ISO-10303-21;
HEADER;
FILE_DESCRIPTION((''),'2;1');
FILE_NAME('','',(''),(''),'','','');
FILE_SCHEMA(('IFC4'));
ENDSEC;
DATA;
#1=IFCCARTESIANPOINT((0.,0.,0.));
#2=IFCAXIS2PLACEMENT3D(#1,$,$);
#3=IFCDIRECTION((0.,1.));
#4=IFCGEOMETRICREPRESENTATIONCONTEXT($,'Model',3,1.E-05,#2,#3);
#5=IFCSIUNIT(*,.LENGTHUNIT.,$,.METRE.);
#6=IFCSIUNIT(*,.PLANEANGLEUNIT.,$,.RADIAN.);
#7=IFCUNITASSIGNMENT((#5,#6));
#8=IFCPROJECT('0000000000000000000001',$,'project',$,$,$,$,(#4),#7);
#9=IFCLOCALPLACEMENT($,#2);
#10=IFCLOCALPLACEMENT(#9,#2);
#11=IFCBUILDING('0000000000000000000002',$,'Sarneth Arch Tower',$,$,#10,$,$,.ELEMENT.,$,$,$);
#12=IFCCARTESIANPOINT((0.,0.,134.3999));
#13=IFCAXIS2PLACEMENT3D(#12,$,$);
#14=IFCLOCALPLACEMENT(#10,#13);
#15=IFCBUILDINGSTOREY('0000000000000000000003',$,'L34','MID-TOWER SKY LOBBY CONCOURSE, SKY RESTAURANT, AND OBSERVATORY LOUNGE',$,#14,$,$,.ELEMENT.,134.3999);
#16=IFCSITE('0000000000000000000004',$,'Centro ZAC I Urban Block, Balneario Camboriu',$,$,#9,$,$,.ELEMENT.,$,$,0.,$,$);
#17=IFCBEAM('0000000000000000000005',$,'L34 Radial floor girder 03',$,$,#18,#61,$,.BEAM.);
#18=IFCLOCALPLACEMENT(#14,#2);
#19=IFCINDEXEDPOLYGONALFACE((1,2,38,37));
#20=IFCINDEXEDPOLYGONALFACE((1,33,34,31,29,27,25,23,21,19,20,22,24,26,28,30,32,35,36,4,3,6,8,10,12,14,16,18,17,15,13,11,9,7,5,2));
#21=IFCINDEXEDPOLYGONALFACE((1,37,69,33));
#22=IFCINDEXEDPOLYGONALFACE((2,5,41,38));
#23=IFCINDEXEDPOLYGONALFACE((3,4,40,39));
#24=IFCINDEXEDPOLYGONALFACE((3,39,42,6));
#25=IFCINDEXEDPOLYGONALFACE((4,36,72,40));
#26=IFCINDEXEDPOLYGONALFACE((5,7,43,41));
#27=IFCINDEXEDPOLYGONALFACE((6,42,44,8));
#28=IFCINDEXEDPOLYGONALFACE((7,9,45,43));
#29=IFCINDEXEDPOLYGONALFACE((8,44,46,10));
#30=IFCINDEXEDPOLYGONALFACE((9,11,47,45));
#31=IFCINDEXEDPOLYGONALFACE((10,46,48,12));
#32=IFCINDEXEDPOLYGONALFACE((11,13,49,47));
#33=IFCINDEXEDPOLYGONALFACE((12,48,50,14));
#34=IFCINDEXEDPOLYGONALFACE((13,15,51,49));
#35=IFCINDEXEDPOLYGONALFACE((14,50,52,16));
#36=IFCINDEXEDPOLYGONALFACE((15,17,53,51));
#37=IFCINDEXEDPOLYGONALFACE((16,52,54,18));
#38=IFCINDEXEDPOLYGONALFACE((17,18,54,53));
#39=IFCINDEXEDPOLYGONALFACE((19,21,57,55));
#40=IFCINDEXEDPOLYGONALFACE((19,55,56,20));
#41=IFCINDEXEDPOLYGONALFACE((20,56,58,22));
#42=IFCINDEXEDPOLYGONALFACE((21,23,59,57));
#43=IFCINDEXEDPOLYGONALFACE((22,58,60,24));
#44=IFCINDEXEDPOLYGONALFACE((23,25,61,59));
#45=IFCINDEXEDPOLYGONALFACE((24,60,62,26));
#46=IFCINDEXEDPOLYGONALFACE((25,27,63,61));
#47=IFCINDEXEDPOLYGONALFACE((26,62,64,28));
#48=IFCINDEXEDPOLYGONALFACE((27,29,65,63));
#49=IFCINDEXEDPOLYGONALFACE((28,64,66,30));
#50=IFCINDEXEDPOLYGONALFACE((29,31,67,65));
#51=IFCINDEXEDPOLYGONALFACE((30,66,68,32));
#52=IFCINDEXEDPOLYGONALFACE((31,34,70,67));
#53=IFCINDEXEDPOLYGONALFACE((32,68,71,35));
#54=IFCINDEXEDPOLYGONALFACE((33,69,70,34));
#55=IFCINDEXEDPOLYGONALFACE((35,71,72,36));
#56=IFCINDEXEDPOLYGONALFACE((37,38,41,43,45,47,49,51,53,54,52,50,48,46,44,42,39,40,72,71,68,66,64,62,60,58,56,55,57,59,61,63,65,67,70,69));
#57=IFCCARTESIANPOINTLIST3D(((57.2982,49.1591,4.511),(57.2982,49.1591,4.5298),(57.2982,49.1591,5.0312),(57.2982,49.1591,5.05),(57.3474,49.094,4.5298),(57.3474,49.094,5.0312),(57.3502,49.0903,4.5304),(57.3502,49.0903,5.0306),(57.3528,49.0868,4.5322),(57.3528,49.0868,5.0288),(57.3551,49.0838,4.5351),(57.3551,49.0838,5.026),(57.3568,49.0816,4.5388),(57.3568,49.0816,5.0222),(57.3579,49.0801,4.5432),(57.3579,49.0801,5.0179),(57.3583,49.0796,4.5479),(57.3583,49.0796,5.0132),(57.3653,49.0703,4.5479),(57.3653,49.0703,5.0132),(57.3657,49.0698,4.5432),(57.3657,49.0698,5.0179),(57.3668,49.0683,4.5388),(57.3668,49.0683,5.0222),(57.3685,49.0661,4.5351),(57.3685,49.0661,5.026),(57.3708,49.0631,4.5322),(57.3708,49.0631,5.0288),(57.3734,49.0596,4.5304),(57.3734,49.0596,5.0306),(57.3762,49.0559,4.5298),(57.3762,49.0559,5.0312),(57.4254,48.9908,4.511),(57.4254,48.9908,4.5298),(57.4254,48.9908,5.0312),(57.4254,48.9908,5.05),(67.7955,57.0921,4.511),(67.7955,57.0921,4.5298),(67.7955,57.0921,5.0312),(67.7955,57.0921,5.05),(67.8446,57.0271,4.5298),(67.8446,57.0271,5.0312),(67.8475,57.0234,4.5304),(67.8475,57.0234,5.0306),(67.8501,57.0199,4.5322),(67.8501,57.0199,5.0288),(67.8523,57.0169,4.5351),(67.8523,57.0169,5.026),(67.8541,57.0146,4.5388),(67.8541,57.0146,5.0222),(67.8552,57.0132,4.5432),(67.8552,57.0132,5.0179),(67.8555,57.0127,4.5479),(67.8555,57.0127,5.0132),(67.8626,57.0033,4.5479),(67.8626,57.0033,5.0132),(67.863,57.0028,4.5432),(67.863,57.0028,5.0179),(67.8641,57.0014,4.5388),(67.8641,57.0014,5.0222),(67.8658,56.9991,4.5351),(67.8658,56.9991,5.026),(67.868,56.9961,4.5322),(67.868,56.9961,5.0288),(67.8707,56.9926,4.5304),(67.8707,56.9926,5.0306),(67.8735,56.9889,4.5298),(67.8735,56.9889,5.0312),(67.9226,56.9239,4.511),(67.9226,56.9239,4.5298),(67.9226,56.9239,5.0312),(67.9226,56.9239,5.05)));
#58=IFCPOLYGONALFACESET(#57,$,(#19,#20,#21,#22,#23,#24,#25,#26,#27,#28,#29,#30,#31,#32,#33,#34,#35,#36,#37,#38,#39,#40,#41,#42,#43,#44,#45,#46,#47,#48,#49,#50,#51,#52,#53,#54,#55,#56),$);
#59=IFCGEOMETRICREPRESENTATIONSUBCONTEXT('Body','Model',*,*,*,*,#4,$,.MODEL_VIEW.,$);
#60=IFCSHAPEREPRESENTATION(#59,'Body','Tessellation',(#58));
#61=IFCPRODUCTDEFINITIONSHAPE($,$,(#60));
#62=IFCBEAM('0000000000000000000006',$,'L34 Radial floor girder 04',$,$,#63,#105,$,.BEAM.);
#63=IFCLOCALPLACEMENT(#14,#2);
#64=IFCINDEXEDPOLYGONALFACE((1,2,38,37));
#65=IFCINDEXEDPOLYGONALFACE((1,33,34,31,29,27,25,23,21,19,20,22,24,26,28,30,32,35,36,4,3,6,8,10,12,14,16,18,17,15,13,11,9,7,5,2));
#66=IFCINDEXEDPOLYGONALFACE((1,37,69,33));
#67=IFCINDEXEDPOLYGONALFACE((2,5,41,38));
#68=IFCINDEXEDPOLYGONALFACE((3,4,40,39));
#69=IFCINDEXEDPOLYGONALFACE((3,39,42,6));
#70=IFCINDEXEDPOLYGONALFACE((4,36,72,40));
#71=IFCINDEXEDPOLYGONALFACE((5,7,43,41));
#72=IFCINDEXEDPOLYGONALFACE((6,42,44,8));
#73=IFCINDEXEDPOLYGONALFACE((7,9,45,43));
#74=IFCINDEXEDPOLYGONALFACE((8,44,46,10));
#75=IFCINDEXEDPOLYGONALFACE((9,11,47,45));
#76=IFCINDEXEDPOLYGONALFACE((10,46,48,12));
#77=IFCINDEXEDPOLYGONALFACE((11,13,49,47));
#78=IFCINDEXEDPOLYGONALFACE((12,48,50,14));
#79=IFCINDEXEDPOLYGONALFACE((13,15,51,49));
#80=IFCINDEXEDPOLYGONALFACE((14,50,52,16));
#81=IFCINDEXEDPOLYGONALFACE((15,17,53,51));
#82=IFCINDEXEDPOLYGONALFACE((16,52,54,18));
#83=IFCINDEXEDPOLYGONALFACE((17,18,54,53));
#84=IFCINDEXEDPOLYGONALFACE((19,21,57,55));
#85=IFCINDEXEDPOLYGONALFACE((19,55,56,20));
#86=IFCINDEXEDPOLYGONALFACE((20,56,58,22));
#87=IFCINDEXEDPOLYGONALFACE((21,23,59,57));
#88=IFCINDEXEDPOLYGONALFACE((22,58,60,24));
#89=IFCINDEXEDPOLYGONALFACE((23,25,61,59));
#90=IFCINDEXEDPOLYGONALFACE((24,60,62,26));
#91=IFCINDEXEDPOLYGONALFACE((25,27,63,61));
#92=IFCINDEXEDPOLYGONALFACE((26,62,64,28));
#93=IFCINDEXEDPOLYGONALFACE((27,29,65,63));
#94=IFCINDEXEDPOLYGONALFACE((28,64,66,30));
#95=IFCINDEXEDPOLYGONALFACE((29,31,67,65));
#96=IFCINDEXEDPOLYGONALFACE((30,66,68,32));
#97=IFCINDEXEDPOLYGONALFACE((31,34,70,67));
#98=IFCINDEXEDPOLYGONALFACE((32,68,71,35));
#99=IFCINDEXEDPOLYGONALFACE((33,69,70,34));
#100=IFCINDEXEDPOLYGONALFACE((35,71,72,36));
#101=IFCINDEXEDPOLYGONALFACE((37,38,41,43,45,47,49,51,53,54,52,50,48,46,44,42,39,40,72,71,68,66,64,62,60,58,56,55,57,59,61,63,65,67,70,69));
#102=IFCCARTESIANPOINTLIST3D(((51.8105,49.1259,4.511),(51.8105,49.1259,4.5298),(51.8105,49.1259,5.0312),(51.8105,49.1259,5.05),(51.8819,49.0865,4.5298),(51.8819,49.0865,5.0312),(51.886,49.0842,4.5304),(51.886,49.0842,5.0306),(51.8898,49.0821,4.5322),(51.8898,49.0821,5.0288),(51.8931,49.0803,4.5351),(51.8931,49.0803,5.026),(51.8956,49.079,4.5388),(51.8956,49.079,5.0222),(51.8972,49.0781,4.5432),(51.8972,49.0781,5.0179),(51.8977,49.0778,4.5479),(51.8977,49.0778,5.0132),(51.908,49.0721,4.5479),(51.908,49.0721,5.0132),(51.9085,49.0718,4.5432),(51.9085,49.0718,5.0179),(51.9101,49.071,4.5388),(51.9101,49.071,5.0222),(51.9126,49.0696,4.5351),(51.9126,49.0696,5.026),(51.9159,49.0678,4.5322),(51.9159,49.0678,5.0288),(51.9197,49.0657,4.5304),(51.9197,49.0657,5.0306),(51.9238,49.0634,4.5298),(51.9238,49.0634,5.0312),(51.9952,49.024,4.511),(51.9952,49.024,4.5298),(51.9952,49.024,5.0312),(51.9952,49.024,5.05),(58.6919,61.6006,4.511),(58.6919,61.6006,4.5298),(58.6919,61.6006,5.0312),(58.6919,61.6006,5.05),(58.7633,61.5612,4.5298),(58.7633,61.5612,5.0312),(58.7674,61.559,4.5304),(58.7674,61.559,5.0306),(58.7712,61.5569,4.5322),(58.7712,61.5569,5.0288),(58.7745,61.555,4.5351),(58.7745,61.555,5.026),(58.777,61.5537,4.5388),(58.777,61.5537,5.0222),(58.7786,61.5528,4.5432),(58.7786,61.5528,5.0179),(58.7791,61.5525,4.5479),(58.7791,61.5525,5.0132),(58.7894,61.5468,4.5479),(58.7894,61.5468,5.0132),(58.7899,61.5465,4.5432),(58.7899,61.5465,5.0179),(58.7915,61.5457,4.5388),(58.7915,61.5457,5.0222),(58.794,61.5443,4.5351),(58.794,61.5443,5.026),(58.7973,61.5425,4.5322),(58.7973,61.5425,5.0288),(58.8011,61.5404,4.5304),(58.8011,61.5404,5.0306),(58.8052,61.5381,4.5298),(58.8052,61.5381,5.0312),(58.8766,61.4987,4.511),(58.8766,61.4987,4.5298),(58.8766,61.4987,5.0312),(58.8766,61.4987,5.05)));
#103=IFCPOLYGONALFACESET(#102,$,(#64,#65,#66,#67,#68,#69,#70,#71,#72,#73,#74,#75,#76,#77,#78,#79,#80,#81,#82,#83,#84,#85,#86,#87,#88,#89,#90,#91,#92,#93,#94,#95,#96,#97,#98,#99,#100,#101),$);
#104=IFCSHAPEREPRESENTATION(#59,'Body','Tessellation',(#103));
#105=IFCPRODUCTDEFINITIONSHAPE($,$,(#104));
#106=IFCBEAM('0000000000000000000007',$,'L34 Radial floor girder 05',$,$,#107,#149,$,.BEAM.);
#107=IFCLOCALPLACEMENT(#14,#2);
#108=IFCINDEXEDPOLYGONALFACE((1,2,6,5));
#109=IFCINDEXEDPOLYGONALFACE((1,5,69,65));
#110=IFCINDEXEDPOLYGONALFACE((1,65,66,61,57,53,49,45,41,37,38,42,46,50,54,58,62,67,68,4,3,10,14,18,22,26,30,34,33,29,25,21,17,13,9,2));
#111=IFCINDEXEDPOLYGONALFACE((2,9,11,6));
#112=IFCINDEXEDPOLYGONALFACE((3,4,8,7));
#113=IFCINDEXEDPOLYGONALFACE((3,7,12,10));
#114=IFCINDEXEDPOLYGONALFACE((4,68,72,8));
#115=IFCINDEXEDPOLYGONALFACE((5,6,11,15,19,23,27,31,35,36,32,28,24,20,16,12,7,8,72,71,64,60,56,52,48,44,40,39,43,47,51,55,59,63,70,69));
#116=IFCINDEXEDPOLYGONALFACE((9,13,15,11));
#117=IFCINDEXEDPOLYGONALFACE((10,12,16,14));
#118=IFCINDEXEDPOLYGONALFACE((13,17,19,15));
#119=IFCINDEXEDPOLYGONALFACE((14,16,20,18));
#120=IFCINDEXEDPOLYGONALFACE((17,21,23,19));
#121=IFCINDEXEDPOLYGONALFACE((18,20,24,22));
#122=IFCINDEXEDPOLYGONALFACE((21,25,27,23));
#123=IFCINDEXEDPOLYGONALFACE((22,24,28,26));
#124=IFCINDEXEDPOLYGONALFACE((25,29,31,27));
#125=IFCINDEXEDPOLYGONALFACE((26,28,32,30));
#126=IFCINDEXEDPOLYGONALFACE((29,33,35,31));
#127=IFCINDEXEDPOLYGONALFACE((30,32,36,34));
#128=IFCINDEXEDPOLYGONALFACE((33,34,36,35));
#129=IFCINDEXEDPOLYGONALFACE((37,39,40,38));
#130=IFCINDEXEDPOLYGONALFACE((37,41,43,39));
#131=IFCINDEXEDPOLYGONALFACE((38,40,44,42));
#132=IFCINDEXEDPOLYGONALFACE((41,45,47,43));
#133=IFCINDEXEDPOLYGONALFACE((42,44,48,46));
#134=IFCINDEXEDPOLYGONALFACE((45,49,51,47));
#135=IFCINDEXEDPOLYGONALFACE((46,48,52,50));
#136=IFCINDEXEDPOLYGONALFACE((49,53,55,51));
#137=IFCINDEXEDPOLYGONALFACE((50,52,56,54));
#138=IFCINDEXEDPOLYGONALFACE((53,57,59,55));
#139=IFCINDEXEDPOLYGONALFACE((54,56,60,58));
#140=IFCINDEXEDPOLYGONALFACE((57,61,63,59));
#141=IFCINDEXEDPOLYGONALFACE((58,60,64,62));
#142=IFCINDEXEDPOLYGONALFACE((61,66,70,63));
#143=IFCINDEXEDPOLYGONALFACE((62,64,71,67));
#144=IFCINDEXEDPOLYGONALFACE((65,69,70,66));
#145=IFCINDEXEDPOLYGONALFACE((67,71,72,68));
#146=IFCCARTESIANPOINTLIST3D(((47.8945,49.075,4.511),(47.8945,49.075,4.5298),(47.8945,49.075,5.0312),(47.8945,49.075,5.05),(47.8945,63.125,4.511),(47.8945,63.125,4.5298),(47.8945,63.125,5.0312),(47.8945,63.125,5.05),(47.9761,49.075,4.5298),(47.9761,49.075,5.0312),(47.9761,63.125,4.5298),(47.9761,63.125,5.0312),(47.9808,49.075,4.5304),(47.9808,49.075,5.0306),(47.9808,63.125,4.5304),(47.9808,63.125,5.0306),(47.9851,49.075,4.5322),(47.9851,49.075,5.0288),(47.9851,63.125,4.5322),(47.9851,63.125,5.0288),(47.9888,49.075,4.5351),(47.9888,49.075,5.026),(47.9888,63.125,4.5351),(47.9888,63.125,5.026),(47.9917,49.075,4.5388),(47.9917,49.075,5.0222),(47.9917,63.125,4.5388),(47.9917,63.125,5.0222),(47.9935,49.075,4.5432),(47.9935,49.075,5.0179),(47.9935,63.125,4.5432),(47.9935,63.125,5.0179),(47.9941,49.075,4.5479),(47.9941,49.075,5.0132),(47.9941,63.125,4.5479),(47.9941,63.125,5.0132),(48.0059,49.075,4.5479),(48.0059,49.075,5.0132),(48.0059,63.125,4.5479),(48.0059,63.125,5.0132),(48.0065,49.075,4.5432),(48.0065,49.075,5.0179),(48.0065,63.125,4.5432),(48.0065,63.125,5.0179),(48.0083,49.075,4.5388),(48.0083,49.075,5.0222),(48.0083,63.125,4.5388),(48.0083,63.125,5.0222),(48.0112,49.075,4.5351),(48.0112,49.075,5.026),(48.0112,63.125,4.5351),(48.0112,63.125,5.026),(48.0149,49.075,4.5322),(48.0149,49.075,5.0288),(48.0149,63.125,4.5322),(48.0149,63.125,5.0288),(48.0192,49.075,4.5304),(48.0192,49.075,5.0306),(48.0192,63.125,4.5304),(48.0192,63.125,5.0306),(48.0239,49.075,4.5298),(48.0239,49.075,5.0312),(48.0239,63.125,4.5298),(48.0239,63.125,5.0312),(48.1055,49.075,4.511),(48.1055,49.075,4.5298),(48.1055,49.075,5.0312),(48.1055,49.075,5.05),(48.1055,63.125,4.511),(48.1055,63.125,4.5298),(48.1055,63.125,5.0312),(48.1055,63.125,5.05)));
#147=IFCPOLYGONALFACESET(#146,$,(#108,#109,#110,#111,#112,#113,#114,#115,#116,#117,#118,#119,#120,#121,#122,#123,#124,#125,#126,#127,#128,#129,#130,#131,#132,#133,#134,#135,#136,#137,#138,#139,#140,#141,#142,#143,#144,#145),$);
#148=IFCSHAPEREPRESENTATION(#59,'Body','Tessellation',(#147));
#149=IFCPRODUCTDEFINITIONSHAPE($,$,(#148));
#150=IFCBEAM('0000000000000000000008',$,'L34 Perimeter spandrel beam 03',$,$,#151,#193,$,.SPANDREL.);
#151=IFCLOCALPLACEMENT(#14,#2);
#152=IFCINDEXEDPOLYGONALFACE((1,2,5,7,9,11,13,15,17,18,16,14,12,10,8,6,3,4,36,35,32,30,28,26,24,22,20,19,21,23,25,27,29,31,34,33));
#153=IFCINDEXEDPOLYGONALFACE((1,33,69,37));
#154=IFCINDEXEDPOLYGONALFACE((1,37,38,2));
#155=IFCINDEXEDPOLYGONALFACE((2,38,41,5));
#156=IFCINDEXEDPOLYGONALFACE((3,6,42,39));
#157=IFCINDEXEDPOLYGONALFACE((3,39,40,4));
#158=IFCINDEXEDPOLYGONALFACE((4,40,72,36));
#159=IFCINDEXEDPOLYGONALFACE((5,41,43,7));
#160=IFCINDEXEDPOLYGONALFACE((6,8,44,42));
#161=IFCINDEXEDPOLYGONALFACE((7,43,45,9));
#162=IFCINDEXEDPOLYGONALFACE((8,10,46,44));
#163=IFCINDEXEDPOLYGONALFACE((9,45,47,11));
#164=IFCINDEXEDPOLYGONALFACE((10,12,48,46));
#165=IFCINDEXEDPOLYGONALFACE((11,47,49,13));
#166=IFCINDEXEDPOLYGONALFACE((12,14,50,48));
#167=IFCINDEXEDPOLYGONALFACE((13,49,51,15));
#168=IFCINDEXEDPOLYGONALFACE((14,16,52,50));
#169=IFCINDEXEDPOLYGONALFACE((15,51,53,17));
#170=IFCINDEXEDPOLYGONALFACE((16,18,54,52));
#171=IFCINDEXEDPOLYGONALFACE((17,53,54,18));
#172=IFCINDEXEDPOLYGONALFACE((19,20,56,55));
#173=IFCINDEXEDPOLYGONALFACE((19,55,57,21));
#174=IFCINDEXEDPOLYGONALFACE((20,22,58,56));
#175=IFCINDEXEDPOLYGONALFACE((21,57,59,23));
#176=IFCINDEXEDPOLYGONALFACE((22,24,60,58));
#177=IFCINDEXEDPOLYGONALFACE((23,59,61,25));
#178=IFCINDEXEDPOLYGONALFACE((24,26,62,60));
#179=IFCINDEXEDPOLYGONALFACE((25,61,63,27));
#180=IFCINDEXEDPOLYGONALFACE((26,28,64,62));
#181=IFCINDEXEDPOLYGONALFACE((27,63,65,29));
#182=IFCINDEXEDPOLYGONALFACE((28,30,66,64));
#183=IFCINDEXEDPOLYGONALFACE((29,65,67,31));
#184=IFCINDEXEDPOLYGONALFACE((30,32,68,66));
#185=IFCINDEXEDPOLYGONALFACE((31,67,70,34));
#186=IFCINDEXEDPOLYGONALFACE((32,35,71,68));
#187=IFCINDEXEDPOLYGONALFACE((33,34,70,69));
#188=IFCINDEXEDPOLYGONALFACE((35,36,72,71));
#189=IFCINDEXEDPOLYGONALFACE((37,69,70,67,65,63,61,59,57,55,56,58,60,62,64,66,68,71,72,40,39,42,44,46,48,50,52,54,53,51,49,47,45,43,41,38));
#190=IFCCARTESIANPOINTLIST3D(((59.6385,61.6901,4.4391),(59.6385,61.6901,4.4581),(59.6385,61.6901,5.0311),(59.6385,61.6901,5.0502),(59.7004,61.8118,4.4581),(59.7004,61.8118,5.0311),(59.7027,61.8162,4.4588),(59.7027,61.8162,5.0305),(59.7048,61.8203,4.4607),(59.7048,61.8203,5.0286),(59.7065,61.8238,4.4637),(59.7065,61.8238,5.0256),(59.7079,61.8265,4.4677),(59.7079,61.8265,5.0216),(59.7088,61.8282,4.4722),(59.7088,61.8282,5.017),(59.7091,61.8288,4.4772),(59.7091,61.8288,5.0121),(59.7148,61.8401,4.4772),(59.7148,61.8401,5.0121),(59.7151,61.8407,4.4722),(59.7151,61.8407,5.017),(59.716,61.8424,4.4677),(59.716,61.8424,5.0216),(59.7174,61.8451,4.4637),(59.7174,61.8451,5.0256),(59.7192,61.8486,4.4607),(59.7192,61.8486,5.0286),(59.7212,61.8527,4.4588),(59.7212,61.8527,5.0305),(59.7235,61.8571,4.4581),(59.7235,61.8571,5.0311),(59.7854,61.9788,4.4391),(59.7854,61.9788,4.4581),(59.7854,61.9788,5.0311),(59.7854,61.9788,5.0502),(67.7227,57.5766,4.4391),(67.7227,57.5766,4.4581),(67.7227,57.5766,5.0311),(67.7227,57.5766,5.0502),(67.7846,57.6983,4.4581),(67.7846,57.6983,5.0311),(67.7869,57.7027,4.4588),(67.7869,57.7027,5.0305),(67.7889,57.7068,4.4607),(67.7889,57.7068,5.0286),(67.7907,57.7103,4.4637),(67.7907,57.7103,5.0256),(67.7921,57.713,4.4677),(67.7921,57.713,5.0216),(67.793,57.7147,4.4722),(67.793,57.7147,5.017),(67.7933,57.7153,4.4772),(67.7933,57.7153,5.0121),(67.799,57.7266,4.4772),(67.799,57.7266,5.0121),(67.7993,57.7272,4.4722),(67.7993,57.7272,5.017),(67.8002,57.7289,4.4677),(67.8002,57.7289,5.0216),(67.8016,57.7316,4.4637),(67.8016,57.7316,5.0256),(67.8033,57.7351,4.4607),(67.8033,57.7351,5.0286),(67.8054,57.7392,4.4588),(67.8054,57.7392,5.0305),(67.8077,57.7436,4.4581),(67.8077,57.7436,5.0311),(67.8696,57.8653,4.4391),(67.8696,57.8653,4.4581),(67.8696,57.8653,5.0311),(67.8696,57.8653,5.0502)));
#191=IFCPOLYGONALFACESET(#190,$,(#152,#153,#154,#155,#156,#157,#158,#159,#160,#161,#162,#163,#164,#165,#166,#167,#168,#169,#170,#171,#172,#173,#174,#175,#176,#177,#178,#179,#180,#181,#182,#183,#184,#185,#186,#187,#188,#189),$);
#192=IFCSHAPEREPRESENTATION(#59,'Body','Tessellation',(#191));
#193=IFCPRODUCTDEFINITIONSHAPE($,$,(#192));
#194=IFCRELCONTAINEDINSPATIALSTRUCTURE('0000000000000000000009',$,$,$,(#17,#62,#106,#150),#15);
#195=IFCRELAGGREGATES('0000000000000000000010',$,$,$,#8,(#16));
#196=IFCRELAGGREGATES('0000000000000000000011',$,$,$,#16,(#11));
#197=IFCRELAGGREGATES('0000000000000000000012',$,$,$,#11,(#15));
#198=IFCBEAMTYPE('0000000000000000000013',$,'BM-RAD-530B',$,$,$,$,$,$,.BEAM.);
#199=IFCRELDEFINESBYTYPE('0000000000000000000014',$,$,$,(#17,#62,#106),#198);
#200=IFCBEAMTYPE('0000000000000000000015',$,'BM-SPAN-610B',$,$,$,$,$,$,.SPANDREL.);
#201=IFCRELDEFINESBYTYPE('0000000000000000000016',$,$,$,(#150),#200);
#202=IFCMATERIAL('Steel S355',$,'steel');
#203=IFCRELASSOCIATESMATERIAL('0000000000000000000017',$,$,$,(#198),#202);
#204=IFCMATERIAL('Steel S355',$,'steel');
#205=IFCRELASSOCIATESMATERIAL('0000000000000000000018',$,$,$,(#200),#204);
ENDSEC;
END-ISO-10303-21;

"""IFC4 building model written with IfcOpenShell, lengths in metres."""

from ifc_helpers import new_model, si_unit, direction, frame, origin, origin_2d, place, context, subcontext, project, spatial, i_section, extrude, material, material_profile, profile_set, type_object, element, save


model = new_model("IFC4")

# Units and contexts
model_context = context("Model", 3, precision=1e-05, world=origin(), true_north=direction((0.0, 1.0)))
body_context = subcontext(model_context, "Body", "Model", "MODEL_VIEW")
ifc_project = project(units=[si_unit("LENGTHUNIT", "METRE"), si_unit("PLANEANGLEUNIT", "RADIAN")], contexts=[model_context])

# Site, building, storey
site_placement = place(None, origin())
site = spatial("IfcSite", under=ifc_project, at=site_placement, Name="Centro ZAC I Urban Block, Balneario Camboriu", CompositionType="ELEMENT", RefElevation=0.0)
building_placement = place(site_placement, origin())
building = spatial("IfcBuilding", under=site, at=building_placement, Name="Sarneth Arch Tower", CompositionType="ELEMENT")
storey_placement = place(building_placement, frame((0.0, 0.0, 134.3999)))
storey = spatial("IfcBuildingStorey", under=building, at=storey_placement, Name="L34", Description="MID-TOWER SKY LOBBY CONCOURSE, SKY RESTAURANT, AND OBSERVATORY LOUNGE", CompositionType="ELEMENT", Elevation=134.3999)

# Beams
ifc_material_1 = material(Name="Steel S355", Category="steel")
ifc_material_profile_1 = material_profile(ifc_material_1, i_section(OverallWidth=0.2109, OverallDepth=0.5391, WebThickness=0.0117, FlangeThickness=0.0188, FilletRadius=0.0181, at=origin_2d()), Name="W530x109")
ifc_profile_set_1 = profile_set([ifc_material_profile_1], Name="Steel S355")
beam_type_1 = type_object("IfcBeamType", Name="BM-RAD-530B", PredefinedType="BEAM", material=ifc_profile_set_1)
beam_1_placement = place(storey_placement, frame((57.3618, 49.075, 4.7805), z_axis=(0.797801, 0.60292, 0.0), x_axis=(-0.60292, 0.797801, 0.0)))
element("IfcBeam", 1, at=beam_1_placement, inside=storey, type_object=beam_type_1, Name="L34 Radial floor girder 03", PredefinedType="BEAM", context=body_context, shape_type="SweptSolid", body=[
    extrude(i_section(OverallWidth=0.2109, OverallDepth=0.5391, WebThickness=0.0117, FlangeThickness=0.0188, FilletRadius=0.0181, at=origin_2d()), origin(), (0.0, 0.0, 1.0), 13.1577),
])
beam_2_placement = place(storey_placement, frame((51.9028, 49.075, 4.7805), z_axis=(0.483013, 0.875613, 0.0), x_axis=(-0.875613, 0.483013, 0.0)))
element("IfcBeam", 2, at=beam_2_placement, inside=storey, type_object=beam_type_1, Name="L34 Radial floor girder 04", PredefinedType="BEAM", context=body_context, shape_type="SweptSolid", body=[
    extrude(i_section(OverallWidth=0.2109, OverallDepth=0.5391, WebThickness=0.0117, FlangeThickness=0.0188, FilletRadius=0.0181, at=origin_2d()), origin(), (0.0, 0.0, 1.0), 14.2468),
])
beam_3_placement = place(storey_placement, frame((48.0, 49.075, 4.7805), z_axis=(0.0, 1.0, 0.0), x_axis=(-1.0, 0.0, 0.0)))
element("IfcBeam", 3, at=beam_3_placement, inside=storey, type_object=beam_type_1, Name="L34 Radial floor girder 05", PredefinedType="BEAM", context=body_context, shape_type="SweptSolid", body=[
    extrude(i_section(OverallWidth=0.2109, OverallDepth=0.5391, WebThickness=0.0117, FlangeThickness=0.0188, FilletRadius=0.0181, at=origin_2d()), origin(), (0.0, 0.0, 1.0), 14.05),
])
ifc_material_2 = material(Name="Steel S355", Category="steel")
ifc_material_profile_2 = material_profile(ifc_material_2, i_section(OverallWidth=0.324, OverallDepth=0.6111, WebThickness=0.0127, FlangeThickness=0.019, FilletRadius=0.019, at=origin_2d()), Name="W610x155")
ifc_profile_set_2 = profile_set([ifc_material_profile_2], Name="Steel S355")
beam_type_2 = type_object("IfcBeamType", Name="BM-SPAN-610B", PredefinedType="SPANDREL", material=ifc_profile_set_2)
beam_4_placement = place(storey_placement, frame((67.7961, 57.7209, 4.7446), z_axis=(-0.891256, 0.453501, 0.0), x_axis=(-0.453501, -0.891256, 0.0)))
element("IfcBeam", 4, at=beam_4_placement, inside=storey, type_object=beam_type_2, Name="L34 Perimeter spandrel beam 03", PredefinedType="SPANDREL", context=body_context, shape_type="SweptSolid", body=[
    extrude(i_section(OverallWidth=0.324, OverallDepth=0.6111, WebThickness=0.0127, FlangeThickness=0.019, FilletRadius=0.019, at=origin_2d()), origin(), (0.0, 0.0, 1.0), 9.0706),
])

save(model, "model.ifc")
